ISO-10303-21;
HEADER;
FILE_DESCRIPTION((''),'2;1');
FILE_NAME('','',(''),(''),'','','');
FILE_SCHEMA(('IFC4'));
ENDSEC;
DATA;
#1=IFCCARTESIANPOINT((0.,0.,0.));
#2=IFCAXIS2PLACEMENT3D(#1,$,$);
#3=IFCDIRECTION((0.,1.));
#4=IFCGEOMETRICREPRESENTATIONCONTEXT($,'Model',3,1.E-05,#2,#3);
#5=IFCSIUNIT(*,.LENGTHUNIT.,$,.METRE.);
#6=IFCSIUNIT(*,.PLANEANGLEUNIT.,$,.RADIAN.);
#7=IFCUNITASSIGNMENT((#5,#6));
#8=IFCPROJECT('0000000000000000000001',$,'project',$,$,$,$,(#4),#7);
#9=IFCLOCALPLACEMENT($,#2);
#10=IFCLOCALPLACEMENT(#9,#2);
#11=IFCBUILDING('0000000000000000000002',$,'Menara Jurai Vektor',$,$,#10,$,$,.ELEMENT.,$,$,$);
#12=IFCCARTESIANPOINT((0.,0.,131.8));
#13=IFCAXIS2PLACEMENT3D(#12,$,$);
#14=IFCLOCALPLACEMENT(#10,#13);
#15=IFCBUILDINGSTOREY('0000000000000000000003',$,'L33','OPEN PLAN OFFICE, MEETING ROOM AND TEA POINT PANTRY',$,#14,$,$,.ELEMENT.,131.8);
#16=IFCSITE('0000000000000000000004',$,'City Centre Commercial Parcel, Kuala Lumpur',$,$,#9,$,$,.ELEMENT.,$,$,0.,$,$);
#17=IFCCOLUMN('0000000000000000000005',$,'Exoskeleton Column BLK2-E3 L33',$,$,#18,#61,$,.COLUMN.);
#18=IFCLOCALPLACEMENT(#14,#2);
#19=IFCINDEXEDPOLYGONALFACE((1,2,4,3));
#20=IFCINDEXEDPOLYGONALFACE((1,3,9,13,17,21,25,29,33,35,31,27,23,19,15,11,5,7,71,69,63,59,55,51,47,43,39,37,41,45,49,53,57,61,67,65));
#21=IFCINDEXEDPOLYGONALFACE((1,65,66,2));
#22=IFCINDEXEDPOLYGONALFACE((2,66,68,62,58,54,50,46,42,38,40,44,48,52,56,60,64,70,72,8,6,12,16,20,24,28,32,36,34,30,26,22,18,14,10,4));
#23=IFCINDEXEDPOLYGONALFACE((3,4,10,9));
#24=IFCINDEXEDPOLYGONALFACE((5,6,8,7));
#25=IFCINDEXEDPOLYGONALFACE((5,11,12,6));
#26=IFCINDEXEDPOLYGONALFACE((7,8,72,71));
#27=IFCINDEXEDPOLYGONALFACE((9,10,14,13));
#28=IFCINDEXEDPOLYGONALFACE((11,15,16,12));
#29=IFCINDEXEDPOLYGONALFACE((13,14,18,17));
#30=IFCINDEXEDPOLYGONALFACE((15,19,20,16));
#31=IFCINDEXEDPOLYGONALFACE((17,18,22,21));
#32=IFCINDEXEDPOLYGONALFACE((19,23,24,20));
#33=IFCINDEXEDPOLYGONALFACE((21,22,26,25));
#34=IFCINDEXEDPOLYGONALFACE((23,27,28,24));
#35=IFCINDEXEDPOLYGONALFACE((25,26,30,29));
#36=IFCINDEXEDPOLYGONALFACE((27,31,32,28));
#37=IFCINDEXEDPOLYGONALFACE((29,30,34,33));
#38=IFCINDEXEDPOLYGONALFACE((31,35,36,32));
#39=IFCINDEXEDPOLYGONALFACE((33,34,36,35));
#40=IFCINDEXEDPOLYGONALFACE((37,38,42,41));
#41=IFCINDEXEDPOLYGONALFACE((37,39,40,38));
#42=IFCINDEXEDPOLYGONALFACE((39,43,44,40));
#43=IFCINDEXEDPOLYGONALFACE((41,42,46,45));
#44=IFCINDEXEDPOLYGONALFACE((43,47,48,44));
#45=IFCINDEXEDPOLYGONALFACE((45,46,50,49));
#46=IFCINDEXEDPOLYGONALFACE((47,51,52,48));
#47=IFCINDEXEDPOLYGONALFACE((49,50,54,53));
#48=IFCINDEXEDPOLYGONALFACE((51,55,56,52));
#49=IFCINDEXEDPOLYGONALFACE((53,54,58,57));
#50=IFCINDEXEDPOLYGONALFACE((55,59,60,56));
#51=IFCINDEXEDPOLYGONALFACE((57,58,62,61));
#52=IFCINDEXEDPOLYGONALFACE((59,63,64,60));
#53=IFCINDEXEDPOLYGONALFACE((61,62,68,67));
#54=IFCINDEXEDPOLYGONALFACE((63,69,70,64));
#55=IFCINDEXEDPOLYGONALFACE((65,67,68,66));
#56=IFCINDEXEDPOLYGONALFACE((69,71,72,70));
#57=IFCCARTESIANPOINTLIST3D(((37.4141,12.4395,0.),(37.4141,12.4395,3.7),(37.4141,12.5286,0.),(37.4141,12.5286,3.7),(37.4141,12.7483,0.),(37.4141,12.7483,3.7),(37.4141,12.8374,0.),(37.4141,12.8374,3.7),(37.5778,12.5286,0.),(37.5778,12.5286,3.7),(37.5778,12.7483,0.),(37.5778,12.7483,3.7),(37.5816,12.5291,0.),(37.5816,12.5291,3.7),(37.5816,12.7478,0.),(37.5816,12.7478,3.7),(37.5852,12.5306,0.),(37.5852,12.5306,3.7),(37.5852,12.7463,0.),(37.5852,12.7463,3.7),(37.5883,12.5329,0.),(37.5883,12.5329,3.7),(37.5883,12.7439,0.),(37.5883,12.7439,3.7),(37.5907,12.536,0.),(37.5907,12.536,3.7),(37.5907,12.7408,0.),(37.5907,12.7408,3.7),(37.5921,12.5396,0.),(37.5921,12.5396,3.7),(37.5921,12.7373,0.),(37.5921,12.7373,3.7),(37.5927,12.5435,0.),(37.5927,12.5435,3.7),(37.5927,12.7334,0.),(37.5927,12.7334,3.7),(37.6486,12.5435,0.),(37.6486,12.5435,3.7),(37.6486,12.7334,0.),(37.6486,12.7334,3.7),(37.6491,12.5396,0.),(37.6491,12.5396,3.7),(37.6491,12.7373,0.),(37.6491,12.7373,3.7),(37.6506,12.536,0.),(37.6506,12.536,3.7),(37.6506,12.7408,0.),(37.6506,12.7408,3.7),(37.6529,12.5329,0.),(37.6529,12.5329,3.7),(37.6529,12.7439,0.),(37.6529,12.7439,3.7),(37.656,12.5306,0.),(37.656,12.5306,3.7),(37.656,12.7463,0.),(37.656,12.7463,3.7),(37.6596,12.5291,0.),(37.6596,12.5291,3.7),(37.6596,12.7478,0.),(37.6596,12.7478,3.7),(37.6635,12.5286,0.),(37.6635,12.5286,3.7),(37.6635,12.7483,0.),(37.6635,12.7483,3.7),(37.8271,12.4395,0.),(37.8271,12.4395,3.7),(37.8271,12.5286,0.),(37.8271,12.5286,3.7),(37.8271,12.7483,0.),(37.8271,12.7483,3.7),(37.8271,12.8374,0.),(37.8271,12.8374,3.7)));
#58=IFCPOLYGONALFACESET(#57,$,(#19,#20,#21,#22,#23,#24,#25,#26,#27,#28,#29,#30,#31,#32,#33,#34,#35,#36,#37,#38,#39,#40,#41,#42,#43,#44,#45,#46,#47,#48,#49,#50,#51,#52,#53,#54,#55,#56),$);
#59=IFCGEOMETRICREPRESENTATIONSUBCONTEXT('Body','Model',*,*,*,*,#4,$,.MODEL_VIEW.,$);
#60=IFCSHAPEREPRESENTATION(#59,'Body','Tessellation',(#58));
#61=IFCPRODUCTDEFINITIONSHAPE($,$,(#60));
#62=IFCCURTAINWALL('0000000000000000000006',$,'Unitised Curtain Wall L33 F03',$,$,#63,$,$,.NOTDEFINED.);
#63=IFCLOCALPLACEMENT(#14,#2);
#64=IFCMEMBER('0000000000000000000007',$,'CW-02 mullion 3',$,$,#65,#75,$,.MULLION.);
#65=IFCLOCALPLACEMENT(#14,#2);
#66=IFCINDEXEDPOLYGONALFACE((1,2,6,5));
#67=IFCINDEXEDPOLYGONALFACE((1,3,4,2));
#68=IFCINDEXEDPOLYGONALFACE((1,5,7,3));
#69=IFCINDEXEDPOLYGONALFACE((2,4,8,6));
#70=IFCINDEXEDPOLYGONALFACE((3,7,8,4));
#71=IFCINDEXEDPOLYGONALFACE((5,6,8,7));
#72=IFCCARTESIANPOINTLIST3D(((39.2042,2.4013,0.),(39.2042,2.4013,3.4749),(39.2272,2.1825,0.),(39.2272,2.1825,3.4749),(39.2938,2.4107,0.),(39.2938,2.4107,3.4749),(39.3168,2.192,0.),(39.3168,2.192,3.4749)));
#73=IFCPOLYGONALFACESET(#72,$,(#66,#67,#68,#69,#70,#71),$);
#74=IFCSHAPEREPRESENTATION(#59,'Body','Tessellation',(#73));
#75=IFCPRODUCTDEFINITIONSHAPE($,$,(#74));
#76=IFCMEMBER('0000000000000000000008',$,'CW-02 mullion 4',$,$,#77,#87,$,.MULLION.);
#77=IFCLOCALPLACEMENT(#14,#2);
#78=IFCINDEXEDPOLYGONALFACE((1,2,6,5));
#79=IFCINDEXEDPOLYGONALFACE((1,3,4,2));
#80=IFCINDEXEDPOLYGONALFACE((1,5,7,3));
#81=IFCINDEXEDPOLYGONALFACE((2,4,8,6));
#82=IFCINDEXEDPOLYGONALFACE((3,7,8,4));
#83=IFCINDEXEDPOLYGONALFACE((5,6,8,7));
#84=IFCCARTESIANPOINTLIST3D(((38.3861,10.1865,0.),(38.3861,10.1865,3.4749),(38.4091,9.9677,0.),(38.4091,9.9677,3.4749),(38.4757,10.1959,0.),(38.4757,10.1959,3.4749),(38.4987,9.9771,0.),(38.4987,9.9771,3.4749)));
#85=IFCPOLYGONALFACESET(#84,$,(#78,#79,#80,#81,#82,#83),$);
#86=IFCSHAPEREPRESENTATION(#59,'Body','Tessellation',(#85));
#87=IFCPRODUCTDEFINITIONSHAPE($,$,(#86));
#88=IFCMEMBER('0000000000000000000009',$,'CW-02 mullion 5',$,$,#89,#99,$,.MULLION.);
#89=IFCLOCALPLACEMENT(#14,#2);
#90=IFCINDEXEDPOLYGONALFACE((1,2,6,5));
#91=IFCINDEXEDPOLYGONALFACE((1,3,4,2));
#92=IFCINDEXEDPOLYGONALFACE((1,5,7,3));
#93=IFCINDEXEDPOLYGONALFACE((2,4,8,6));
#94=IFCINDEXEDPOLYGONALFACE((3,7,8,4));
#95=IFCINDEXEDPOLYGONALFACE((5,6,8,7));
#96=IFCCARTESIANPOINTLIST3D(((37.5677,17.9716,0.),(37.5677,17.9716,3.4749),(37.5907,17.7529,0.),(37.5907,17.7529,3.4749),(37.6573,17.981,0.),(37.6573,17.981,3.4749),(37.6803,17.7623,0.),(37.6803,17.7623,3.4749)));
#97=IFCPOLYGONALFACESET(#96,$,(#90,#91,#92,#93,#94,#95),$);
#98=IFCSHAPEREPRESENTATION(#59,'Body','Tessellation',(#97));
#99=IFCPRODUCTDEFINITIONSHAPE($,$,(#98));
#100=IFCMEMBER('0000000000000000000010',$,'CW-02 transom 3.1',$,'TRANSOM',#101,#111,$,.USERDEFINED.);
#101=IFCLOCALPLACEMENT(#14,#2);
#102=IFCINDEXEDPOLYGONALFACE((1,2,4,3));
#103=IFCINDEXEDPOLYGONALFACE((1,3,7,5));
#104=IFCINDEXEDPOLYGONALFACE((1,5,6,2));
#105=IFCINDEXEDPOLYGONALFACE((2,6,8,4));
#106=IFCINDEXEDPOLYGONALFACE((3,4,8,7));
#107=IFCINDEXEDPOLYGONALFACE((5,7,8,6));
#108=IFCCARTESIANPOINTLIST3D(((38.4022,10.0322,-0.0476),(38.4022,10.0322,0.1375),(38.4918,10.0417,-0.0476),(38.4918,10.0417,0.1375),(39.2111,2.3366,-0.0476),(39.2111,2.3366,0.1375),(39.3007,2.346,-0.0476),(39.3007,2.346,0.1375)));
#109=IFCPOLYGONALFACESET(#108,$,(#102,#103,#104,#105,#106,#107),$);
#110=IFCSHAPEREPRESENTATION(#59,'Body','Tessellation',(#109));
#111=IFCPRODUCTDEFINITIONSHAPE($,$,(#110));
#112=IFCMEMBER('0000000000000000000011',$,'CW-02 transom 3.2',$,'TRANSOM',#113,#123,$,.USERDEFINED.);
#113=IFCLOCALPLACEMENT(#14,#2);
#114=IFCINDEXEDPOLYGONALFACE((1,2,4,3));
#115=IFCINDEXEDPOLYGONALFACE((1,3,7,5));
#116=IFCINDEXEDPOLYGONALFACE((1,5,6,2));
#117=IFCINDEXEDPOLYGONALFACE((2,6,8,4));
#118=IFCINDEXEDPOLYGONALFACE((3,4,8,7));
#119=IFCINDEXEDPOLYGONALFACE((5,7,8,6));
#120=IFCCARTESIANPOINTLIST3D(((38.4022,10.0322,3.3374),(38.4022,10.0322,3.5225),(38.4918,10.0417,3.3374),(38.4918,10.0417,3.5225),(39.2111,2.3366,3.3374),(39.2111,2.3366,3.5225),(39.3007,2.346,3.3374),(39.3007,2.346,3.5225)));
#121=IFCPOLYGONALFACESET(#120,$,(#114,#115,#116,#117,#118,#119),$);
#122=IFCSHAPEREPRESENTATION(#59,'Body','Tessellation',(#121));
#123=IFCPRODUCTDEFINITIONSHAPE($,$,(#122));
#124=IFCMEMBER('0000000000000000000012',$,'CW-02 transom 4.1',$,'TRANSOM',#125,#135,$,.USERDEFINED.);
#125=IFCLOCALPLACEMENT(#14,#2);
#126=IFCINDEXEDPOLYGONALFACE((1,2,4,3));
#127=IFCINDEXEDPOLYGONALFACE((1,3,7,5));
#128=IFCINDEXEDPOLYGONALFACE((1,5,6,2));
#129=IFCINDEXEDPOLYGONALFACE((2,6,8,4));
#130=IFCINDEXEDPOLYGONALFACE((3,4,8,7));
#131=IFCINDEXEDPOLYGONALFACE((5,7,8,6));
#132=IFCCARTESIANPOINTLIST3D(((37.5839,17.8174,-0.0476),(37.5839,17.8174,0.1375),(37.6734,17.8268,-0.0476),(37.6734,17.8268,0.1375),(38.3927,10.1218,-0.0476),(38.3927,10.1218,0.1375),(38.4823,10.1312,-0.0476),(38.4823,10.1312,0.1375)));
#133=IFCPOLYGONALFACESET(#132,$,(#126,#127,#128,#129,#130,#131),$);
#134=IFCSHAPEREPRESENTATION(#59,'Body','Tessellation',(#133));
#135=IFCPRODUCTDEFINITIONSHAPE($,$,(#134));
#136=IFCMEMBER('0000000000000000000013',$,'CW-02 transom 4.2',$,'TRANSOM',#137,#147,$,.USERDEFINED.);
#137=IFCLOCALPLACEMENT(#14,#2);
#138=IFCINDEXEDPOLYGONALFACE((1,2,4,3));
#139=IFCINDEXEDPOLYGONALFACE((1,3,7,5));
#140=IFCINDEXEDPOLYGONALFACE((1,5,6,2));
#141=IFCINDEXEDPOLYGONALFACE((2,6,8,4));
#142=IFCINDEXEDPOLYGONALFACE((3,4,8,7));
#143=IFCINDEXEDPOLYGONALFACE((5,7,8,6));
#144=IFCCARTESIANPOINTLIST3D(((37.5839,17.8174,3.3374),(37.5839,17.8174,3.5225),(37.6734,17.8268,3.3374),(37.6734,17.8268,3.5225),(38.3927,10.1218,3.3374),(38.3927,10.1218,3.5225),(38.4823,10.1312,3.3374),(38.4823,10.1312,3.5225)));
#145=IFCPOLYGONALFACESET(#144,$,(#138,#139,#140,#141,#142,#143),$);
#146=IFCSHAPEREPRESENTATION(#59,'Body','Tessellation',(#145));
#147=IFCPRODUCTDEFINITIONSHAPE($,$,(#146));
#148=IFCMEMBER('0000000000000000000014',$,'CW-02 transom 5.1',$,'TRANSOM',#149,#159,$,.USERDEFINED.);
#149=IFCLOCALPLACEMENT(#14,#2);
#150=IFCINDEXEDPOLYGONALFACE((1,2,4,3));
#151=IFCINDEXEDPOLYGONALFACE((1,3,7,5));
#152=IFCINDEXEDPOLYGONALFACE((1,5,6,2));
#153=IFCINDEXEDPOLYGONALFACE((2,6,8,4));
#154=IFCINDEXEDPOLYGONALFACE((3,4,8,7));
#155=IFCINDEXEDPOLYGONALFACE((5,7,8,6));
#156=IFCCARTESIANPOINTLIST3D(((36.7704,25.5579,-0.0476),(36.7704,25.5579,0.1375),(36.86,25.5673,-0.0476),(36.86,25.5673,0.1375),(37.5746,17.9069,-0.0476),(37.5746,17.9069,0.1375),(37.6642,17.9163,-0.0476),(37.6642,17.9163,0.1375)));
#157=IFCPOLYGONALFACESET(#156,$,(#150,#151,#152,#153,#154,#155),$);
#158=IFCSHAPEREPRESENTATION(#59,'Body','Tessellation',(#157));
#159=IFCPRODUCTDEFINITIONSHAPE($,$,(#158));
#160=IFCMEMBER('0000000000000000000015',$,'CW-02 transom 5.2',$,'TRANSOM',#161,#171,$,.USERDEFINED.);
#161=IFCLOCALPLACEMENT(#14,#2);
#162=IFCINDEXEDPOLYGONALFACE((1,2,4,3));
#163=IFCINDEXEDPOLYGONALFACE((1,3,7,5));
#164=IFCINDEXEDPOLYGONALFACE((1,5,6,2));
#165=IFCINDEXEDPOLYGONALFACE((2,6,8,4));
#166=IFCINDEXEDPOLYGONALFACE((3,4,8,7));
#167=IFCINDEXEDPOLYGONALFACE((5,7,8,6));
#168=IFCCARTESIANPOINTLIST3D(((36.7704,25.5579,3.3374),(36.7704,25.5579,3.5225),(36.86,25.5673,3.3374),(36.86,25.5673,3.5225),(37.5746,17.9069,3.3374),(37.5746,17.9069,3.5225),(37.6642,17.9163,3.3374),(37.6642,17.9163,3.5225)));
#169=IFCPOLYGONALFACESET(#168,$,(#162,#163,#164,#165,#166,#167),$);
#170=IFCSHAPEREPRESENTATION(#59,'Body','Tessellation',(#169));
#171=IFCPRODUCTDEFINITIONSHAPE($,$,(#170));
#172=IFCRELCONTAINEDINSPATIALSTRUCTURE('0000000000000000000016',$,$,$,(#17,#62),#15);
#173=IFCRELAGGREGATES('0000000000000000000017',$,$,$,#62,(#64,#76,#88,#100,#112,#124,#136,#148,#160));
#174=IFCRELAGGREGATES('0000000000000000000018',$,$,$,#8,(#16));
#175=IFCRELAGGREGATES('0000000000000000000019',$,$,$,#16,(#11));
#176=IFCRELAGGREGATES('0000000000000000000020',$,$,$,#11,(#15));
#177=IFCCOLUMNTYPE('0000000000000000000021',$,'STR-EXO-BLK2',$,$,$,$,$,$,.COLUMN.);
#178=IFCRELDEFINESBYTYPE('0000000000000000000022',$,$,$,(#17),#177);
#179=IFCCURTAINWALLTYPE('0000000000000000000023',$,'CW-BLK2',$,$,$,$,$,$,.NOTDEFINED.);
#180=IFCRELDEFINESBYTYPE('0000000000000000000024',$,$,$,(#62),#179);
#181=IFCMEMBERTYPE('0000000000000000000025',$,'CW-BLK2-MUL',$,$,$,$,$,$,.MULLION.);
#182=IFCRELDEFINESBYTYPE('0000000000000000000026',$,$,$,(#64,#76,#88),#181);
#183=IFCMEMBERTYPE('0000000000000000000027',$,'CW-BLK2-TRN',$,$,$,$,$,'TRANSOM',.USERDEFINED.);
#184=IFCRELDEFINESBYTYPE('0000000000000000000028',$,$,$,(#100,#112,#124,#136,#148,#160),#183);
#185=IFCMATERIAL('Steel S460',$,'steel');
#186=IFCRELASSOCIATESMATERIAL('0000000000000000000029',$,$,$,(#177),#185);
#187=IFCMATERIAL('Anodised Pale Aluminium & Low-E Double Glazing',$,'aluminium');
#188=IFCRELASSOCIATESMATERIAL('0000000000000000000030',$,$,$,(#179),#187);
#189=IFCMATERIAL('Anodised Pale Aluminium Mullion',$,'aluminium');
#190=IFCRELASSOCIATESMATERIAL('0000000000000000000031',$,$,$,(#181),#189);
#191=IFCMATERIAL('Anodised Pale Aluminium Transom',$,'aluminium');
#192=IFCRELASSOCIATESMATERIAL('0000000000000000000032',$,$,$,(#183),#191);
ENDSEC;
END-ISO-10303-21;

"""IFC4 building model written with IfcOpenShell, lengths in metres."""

from ifc_helpers import new_model, si_unit, direction, frame, origin, origin_2d, place, context, subcontext, project, spatial, rectangle, i_section, extrude, material, material_profile, profile_set, type_object, element, aggregate, save


model = new_model("IFC4")

# Units and contexts
model_context = context("Model", 3, precision=1e-05, world=origin(), true_north=direction((0.0, 1.0)))
body_context = subcontext(model_context, "Body", "Model", "MODEL_VIEW")
ifc_project = project(units=[si_unit("LENGTHUNIT", "METRE"), si_unit("PLANEANGLEUNIT", "RADIAN")], contexts=[model_context])

# Site, building, storey
site_placement = place(None, origin())
site = spatial("IfcSite", under=ifc_project, at=site_placement, Name="City Centre Commercial Parcel, Kuala Lumpur", CompositionType="ELEMENT", RefElevation=0.0)
building_placement = place(site_placement, origin())
building = spatial("IfcBuilding", under=site, at=building_placement, Name="Menara Jurai Vektor", CompositionType="ELEMENT")
storey_placement = place(building_placement, frame((0.0, 0.0, 131.8)))
storey = spatial("IfcBuildingStorey", under=building, at=storey_placement, Name="L33", Description="OPEN PLAN OFFICE, MEETING ROOM AND TEA POINT PANTRY", CompositionType="ELEMENT", Elevation=131.8)

# Column
ifc_material_1 = material(Name="Steel S460", Category="steel")
ifc_material_profile_1 = material_profile(ifc_material_1, i_section(OverallWidth=0.4131, OverallDepth=0.3979, WebThickness=0.0559, FlangeThickness=0.0891, FilletRadius=0.0149, at=origin_2d()), Name="HD 400x744")
ifc_profile_set_1 = profile_set([ifc_material_profile_1], Name="Steel S460")
column_type = type_object("IfcColumnType", Name="STR-EXO-BLK2", PredefinedType="COLUMN", material=ifc_profile_set_1)
column_placement = place(storey_placement, frame((37.6206, 12.6384, 0.0), z_axis=(0.0, 0.0, 1.0), x_axis=(1.0, 0.0, 0.0)))
element("IfcColumn", 1, at=column_placement, inside=storey, type_object=column_type, Name="Exoskeleton Column BLK2-E3 L33", PredefinedType="COLUMN", context=body_context, shape_type="SweptSolid", body=[
    extrude(i_section(OverallWidth=0.4131, OverallDepth=0.3979, WebThickness=0.0559, FlangeThickness=0.0891, FilletRadius=0.0149, at=origin_2d()), origin(), (0.0, 0.0, 1.0), 3.7),
])

# Curtain wall, members
ifc_material_2 = material(Name="Anodised Pale Aluminium & Low-E Double Glazing", Category="aluminium")
curtain_wall_type = type_object("IfcCurtainWallType", Name="CW-BLK2", PredefinedType="NOTDEFINED", material=ifc_material_2)
curtain_wall_placement = place(storey_placement, origin())
curtain_wall = element("IfcCurtainWall", 2, at=curtain_wall_placement, inside=storey, type_object=curtain_wall_type, Name="Unitised Curtain Wall L33 F03", PredefinedType="NOTDEFINED")
ifc_material_3 = material(Name="Anodised Pale Aluminium Mullion", Category="aluminium")
ifc_material_profile_2 = material_profile(ifc_material_3, rectangle(XDim=0.0901, YDim=0.22, at=origin_2d()), Name="ALU MUL 90x220")
ifc_profile_set_2 = profile_set([ifc_material_profile_2], Name="Anodised Pale Aluminium Mullion")
member_type_1 = type_object("IfcMemberType", Name="CW-BLK2-MUL", PredefinedType="MULLION", material=ifc_profile_set_2)
member_1_placement = place(storey_placement, frame((39.2605, 2.2966, 0.0), z_axis=(0.0, 0.0, 1.0), x_axis=(-0.994522, -0.10453, 0.0)))
member_1 = element("IfcMember", 3, at=member_1_placement, type_object=member_type_1, Name="CW-02 mullion 3", PredefinedType="MULLION", context=body_context, shape_type="SweptSolid", body=[
    extrude(rectangle(XDim=0.0901, YDim=0.22, at=origin_2d()), origin(), (0.0, 0.0, 1.0), 3.4749),
])
member_2_placement = place(storey_placement, frame((38.4424, 10.0818, 0.0), z_axis=(0.0, 0.0, 1.0), x_axis=(-0.994522, -0.10453, 0.0)))
member_2 = element("IfcMember", 4, at=member_2_placement, type_object=member_type_1, Name="CW-02 mullion 4", PredefinedType="MULLION", context=body_context, shape_type="SweptSolid", body=[
    extrude(rectangle(XDim=0.0901, YDim=0.22, at=origin_2d()), origin(), (0.0, 0.0, 1.0), 3.4749),
])
member_3_placement = place(storey_placement, frame((37.624, 17.8669, 0.0), z_axis=(0.0, 0.0, 1.0), x_axis=(-0.994522, -0.10453, 0.0)))
member_3 = element("IfcMember", 5, at=member_3_placement, type_object=member_type_1, Name="CW-02 mullion 5", PredefinedType="MULLION", context=body_context, shape_type="SweptSolid", body=[
    extrude(rectangle(XDim=0.0901, YDim=0.22, at=origin_2d()), origin(), (0.0, 0.0, 1.0), 3.4749),
])
ifc_material_4 = material(Name="Anodised Pale Aluminium Transom", Category="aluminium")
ifc_material_profile_3 = material_profile(ifc_material_4, rectangle(XDim=0.0901, YDim=0.1851, at=origin_2d()), Name="ALU TRN 90x185")
ifc_profile_set_3 = profile_set([ifc_material_profile_3], Name="Anodised Pale Aluminium Transom")
member_type_2 = type_object("IfcMemberType", Name="CW-BLK2-TRN", ElementType="TRANSOM", PredefinedType="USERDEFINED", material=ifc_profile_set_3)
member_4_placement = place(storey_placement, frame((39.2559, 2.3413, 0.0449), z_axis=(-0.104529, 0.994522, 0.0), x_axis=(-0.994522, -0.104529, 0.0)))
member_4 = element("IfcMember", 6, at=member_4_placement, type_object=member_type_2, Name="CW-02 transom 3.1", ObjectType="TRANSOM", PredefinedType="USERDEFINED", context=body_context, shape_type="SweptSolid", body=[
    extrude(rectangle(XDim=0.0901, YDim=0.1851, at=origin_2d()), origin(), (0.0, 0.0, 1.0), 7.738),
])
member_5_placement = place(storey_placement, frame((39.2559, 2.3413, 3.4299), z_axis=(-0.104529, 0.994522, 0.0), x_axis=(-0.994522, -0.104529, 0.0)))
member_5 = element("IfcMember", 7, at=member_5_placement, type_object=member_type_2, Name="CW-02 transom 3.2", ObjectType="TRANSOM", PredefinedType="USERDEFINED", context=body_context, shape_type="SweptSolid", body=[
    extrude(rectangle(XDim=0.0901, YDim=0.1851, at=origin_2d()), origin(), (0.0, 0.0, 1.0), 7.738),
])
member_6_placement = place(storey_placement, frame((38.4375, 10.1265, 0.0449), z_axis=(-0.104529, 0.994522, 0.0), x_axis=(-0.994522, -0.104529, 0.0)))
member_6 = element("IfcMember", 8, at=member_6_placement, type_object=member_type_2, Name="CW-02 transom 4.1", ObjectType="TRANSOM", PredefinedType="USERDEFINED", context=body_context, shape_type="SweptSolid", body=[
    extrude(rectangle(XDim=0.0901, YDim=0.1851, at=origin_2d()), origin(), (0.0, 0.0, 1.0), 7.738),
])
member_7_placement = place(storey_placement, frame((38.4375, 10.1265, 3.4299), z_axis=(-0.104529, 0.994522, 0.0), x_axis=(-0.994522, -0.104529, 0.0)))
member_7 = element("IfcMember", 9, at=member_7_placement, type_object=member_type_2, Name="CW-02 transom 4.2", ObjectType="TRANSOM", PredefinedType="USERDEFINED", context=body_context, shape_type="SweptSolid", body=[
    extrude(rectangle(XDim=0.0901, YDim=0.1851, at=origin_2d()), origin(), (0.0, 0.0, 1.0), 7.738),
])
member_8_placement = place(storey_placement, frame((37.6194, 17.9116, 0.0449), z_axis=(-0.104536, 0.994521, 0.0), x_axis=(-0.994521, -0.104536, 0.0)))
member_8 = element("IfcMember", 10, at=member_8_placement, type_object=member_type_2, Name="CW-02 transom 5.1", ObjectType="TRANSOM", PredefinedType="USERDEFINED", context=body_context, shape_type="SweptSolid", body=[
    extrude(rectangle(XDim=0.0901, YDim=0.1851, at=origin_2d()), origin(), (0.0, 0.0, 1.0), 7.6931),
])
member_9_placement = place(storey_placement, frame((37.6194, 17.9116, 3.4299), z_axis=(-0.104536, 0.994521, 0.0), x_axis=(-0.994521, -0.104536, 0.0)))
member_9 = element("IfcMember", 11, at=member_9_placement, type_object=member_type_2, Name="CW-02 transom 5.2", ObjectType="TRANSOM", PredefinedType="USERDEFINED", context=body_context, shape_type="SweptSolid", body=[
    extrude(rectangle(XDim=0.0901, YDim=0.1851, at=origin_2d()), origin(), (0.0, 0.0, 1.0), 7.6931),
])

aggregate(curtain_wall, [member_1, member_2, member_3, member_4, member_5, member_6, member_7, member_8, member_9])

save(model, "model.ifc")
